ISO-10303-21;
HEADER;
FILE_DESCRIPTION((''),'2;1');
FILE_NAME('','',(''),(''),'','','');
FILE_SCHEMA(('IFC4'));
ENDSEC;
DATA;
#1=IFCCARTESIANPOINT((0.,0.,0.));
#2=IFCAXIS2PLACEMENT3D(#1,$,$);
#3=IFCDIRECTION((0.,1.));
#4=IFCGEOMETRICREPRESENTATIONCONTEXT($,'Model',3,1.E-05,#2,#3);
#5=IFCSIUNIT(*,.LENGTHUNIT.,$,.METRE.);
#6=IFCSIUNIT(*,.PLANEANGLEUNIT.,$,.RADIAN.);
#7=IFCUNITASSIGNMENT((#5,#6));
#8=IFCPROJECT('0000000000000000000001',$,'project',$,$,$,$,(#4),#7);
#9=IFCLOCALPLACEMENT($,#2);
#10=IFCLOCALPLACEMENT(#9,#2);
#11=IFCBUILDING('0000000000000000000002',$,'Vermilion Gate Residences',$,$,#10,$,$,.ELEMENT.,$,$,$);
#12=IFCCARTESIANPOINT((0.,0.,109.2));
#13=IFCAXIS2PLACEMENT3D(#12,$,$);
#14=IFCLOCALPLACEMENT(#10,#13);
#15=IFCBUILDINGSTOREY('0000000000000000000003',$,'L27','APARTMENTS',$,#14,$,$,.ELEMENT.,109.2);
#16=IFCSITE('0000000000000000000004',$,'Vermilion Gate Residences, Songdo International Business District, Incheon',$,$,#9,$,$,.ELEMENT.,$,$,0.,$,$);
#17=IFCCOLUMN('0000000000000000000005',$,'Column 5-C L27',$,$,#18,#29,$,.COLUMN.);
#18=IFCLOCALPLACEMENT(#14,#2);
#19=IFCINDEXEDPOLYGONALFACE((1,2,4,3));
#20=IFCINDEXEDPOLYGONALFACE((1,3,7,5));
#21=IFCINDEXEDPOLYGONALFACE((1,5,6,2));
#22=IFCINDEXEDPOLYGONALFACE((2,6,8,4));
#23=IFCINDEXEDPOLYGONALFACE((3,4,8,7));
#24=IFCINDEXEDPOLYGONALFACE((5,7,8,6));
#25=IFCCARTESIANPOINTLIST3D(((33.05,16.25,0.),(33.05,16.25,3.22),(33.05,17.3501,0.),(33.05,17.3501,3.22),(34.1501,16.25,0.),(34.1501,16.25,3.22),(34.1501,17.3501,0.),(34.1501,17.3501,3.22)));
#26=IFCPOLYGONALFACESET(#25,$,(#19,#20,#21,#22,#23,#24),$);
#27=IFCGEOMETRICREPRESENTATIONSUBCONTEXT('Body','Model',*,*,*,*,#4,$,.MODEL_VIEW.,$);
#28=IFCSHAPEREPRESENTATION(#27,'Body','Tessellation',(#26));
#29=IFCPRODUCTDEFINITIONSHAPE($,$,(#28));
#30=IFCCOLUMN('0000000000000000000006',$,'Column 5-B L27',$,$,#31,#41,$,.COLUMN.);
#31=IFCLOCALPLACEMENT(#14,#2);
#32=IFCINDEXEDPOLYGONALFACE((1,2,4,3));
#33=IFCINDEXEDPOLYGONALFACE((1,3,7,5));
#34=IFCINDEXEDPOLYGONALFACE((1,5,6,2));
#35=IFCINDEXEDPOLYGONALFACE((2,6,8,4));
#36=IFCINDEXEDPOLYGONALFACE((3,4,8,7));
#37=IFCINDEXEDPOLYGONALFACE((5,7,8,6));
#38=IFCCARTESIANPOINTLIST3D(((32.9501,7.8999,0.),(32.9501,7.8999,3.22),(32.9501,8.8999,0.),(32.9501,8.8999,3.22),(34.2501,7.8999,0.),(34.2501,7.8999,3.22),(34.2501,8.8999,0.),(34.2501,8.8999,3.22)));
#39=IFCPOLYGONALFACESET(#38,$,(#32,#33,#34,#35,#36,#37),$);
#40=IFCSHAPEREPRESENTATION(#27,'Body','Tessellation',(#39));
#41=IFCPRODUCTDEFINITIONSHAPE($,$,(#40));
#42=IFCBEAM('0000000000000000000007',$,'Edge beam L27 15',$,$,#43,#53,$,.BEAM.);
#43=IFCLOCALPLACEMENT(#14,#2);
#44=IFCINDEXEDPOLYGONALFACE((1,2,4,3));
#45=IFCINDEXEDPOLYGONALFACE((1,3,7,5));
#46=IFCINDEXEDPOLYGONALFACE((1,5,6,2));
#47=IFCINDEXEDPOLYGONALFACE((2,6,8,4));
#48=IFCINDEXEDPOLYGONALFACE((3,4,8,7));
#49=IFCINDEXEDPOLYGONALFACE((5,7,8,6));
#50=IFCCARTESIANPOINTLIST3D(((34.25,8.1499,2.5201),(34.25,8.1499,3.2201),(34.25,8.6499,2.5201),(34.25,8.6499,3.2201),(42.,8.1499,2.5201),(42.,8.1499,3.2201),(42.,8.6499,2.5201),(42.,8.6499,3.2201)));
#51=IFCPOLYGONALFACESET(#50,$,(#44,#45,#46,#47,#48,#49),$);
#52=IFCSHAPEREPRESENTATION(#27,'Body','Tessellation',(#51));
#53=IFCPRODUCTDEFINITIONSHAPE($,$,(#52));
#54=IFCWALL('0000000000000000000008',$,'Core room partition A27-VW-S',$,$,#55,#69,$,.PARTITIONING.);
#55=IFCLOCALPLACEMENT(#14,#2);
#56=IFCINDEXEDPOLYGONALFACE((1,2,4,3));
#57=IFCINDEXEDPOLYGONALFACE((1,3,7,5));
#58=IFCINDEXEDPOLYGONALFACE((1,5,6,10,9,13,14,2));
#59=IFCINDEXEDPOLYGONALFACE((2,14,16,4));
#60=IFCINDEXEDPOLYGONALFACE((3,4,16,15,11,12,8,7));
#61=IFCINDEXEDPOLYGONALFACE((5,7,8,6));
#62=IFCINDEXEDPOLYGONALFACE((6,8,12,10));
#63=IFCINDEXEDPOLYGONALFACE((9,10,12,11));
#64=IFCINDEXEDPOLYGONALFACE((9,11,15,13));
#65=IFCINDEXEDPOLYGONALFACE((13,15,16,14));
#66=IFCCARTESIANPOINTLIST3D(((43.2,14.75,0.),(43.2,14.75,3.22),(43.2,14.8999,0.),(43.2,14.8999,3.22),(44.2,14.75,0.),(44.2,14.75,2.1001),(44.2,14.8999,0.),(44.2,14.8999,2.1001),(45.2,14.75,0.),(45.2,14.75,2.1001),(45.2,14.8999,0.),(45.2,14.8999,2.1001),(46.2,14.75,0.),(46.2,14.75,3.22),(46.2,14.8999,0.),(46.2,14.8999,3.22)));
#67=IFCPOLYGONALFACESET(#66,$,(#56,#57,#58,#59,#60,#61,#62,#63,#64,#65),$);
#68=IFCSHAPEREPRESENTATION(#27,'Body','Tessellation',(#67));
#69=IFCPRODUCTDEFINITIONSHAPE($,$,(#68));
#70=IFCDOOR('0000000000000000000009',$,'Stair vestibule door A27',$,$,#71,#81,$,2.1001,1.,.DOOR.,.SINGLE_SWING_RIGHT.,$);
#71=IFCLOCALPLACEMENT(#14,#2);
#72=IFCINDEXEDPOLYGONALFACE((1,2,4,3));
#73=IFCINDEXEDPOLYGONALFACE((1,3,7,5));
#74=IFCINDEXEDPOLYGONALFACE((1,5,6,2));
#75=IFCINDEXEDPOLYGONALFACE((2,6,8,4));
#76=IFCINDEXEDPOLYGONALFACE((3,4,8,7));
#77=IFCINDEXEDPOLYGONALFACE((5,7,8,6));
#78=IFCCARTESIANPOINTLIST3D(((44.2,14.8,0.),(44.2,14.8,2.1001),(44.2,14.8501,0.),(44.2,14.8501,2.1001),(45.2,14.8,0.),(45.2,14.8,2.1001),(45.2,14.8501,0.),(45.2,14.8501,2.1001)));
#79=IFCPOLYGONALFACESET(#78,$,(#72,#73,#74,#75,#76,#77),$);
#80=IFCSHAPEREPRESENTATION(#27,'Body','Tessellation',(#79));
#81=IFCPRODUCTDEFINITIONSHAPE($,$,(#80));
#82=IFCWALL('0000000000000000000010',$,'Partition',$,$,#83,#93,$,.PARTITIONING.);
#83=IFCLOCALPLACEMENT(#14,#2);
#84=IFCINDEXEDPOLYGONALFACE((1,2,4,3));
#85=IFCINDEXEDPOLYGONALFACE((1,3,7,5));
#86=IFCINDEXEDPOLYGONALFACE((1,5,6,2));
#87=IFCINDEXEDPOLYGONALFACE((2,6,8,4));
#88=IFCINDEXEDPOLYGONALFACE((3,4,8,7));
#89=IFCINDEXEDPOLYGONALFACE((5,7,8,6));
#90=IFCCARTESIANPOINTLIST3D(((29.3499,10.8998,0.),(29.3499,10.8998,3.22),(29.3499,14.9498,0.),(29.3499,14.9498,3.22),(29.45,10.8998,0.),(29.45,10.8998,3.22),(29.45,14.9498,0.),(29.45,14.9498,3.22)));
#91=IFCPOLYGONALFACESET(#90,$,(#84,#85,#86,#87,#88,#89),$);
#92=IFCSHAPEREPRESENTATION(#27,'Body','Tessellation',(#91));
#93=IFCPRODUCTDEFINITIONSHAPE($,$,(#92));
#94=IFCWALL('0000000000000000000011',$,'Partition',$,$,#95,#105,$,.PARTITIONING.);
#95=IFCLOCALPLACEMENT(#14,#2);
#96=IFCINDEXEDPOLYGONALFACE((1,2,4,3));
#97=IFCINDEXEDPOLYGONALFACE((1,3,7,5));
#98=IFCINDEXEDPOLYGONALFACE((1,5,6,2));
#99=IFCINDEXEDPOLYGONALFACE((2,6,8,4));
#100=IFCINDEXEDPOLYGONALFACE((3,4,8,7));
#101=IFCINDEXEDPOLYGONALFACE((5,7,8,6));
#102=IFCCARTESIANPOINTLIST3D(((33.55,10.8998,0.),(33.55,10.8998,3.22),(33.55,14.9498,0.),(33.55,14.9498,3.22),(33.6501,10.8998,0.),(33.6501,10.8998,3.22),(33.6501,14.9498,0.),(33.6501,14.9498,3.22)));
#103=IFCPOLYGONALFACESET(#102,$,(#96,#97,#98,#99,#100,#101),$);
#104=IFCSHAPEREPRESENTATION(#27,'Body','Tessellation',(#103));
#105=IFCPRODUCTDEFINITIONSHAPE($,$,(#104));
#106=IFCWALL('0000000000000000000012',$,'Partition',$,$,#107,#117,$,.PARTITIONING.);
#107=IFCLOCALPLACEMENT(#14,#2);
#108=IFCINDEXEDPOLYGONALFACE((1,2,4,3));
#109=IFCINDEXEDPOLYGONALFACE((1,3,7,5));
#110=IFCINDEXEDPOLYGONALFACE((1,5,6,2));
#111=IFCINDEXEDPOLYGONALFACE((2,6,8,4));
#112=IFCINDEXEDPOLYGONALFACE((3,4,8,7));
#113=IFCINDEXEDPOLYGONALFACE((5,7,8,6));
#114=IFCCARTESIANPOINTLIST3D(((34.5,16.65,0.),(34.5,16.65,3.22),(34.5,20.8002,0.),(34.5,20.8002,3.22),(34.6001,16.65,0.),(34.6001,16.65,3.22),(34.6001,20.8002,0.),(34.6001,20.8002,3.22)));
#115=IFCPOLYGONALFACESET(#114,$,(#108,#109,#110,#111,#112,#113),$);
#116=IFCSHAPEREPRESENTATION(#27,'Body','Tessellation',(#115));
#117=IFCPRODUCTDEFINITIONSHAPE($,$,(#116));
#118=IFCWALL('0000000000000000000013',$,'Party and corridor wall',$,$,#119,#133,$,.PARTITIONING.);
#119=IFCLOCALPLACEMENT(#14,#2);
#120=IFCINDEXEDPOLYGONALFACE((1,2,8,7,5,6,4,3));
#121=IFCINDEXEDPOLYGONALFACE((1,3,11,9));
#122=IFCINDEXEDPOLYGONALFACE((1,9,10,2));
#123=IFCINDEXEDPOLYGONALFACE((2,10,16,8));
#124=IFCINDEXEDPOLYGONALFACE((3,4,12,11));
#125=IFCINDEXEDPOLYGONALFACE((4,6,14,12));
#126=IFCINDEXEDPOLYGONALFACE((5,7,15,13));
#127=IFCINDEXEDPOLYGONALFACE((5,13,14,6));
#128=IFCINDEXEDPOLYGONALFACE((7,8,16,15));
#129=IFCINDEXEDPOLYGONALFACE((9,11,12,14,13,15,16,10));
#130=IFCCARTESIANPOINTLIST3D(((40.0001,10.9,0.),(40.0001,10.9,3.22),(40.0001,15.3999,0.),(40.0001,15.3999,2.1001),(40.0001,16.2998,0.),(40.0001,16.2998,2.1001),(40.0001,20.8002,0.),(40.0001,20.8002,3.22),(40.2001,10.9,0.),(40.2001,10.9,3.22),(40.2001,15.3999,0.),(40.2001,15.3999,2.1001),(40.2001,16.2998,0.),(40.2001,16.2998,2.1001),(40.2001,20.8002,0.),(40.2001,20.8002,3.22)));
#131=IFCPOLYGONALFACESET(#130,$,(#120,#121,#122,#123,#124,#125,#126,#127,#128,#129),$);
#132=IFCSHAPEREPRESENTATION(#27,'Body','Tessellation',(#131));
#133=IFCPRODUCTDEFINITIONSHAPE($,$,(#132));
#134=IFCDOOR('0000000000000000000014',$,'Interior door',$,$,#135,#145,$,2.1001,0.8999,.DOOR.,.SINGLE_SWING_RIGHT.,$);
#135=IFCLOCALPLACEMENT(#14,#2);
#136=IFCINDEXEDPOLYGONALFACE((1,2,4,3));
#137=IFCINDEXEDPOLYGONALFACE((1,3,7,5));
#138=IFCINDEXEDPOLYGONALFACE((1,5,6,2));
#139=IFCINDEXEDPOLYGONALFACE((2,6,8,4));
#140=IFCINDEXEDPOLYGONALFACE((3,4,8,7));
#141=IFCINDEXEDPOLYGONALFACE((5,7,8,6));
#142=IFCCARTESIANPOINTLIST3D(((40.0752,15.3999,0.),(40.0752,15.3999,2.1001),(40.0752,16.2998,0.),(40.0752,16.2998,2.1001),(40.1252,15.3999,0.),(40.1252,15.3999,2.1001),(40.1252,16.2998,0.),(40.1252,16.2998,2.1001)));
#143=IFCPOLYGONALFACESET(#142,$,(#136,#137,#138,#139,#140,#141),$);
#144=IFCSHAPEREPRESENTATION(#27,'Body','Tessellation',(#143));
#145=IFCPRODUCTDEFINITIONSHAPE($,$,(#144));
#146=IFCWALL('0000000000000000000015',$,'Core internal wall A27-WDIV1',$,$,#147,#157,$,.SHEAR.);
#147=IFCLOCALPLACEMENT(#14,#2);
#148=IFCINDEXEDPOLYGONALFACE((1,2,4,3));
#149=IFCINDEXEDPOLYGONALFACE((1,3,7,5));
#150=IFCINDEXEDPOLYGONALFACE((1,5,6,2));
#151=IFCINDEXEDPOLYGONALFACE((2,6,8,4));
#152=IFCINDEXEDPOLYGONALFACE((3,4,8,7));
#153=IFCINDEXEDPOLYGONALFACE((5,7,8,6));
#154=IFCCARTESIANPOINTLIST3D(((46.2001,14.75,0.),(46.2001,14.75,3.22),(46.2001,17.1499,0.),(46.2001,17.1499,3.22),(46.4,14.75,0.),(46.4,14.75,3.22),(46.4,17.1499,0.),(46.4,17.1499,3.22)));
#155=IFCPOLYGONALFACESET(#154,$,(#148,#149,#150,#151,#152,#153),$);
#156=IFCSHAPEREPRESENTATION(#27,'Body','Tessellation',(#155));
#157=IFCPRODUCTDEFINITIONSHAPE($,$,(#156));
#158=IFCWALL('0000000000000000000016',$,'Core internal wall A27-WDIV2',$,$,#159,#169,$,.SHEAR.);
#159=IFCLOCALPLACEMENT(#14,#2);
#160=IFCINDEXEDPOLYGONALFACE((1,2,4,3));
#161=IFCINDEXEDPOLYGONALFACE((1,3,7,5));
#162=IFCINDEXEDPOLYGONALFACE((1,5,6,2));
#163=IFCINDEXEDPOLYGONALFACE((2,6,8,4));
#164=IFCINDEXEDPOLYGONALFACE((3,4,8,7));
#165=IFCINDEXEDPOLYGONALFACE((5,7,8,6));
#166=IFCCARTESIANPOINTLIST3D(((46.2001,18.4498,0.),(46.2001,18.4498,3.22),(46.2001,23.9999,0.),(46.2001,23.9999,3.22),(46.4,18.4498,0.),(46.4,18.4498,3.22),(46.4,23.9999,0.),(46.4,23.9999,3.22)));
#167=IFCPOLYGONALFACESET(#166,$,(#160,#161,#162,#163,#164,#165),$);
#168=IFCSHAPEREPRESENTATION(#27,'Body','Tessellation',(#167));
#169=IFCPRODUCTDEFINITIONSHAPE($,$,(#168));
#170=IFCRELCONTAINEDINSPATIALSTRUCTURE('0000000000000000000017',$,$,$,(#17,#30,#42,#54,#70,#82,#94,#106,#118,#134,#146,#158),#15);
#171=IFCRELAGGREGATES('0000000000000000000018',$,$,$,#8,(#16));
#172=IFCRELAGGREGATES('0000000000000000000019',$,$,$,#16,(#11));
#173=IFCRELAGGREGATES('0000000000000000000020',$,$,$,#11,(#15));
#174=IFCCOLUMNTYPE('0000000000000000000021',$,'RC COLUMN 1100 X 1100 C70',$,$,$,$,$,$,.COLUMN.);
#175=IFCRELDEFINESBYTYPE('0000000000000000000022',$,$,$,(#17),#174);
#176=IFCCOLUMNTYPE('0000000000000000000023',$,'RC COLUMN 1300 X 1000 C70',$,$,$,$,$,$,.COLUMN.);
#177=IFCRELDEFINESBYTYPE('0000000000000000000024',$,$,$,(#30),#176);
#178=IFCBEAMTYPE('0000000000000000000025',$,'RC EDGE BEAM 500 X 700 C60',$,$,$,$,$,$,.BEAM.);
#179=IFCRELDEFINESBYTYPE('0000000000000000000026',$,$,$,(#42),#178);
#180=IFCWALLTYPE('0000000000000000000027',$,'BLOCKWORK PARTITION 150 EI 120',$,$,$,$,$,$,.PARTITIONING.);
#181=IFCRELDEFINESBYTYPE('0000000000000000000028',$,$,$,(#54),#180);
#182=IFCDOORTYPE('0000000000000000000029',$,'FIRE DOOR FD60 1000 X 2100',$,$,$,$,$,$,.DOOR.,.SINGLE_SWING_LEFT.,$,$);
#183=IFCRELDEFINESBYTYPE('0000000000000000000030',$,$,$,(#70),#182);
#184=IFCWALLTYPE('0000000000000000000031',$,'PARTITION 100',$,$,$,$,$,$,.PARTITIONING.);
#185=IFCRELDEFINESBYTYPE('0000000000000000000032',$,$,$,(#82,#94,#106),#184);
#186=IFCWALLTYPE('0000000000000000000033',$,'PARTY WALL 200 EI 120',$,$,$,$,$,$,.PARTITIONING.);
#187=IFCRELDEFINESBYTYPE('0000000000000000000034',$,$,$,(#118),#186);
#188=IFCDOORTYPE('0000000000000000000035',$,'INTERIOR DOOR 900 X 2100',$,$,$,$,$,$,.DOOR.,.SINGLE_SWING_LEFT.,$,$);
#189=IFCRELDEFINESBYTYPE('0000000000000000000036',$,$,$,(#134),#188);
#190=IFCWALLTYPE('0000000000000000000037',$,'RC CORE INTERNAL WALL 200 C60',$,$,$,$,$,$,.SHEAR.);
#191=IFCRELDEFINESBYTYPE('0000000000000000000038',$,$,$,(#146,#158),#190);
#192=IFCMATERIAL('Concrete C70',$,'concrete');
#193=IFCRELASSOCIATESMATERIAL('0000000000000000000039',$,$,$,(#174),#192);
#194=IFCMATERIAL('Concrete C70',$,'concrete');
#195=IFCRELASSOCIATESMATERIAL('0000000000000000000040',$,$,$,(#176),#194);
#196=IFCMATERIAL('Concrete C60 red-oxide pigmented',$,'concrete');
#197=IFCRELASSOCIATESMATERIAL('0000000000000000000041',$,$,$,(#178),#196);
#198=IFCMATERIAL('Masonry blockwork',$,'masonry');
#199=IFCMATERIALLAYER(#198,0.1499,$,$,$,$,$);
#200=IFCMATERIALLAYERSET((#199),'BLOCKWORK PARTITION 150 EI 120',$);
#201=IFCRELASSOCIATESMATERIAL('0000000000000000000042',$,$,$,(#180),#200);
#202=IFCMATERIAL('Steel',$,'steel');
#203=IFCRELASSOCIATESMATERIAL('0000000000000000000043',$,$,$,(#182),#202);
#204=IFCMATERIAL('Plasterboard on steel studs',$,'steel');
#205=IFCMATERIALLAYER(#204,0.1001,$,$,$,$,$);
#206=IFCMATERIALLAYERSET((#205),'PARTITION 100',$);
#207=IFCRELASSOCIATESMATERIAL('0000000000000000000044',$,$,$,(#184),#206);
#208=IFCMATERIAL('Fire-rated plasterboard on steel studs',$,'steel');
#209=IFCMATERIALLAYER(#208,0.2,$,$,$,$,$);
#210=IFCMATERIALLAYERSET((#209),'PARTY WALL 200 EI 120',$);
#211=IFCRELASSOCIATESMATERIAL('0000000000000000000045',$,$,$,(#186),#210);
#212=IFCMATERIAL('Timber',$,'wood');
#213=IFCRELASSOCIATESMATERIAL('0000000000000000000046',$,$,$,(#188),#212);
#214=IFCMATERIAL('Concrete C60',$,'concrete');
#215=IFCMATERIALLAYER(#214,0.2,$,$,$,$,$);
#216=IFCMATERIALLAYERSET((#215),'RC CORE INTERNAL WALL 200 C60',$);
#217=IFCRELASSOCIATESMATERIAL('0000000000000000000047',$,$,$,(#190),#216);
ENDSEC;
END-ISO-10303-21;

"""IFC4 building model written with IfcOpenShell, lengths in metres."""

from ifc_helpers import new_model, si_unit, direction, frame, frame_2d, origin, origin_2d, place, context, subcontext, project, spatial, rectangle, extrude, material, layer, layer_set, material_profile, profile_set, type_object, element, fill, save


model = new_model("IFC4")

# Units and contexts
model_context = context("Model", 3, precision=1e-05, world=origin(), true_north=direction((0.0, 1.0)))
body_context = subcontext(model_context, "Body", "Model", "MODEL_VIEW")
ifc_project = project(units=[si_unit("LENGTHUNIT", "METRE"), si_unit("PLANEANGLEUNIT", "RADIAN")], contexts=[model_context])

# Site, building, storey
site_placement = place(None, origin())
site = spatial("IfcSite", under=ifc_project, at=site_placement, Name="Vermilion Gate Residences, Songdo International Business District, Incheon", CompositionType="ELEMENT", RefElevation=0.0)
building_placement = place(site_placement, origin())
building = spatial("IfcBuilding", under=site, at=building_placement, Name="Vermilion Gate Residences", CompositionType="ELEMENT")
storey_placement = place(building_placement, frame((0.0, 0.0, 109.2)))
storey = spatial("IfcBuildingStorey", under=building, at=storey_placement, Name="L27", Description="APARTMENTS", CompositionType="ELEMENT", Elevation=109.2)

# Columns
ifc_material_1 = material(Name="Concrete C70", Category="concrete")
ifc_material_profile_1 = material_profile(ifc_material_1, rectangle(XDim=1.1001, YDim=1.1001, at=origin_2d()), Name="RC-1100x1100")
ifc_profile_set_1 = profile_set([ifc_material_profile_1], Name="Concrete C70")
column_type_1 = type_object("IfcColumnType", Name="RC COLUMN 1100 X 1100 C70", PredefinedType="COLUMN", material=ifc_profile_set_1)
column_1_placement = place(storey_placement, frame((33.6001, 16.8, 0.0), z_axis=(0.0, 0.0, 1.0), x_axis=(1.0, 0.0, 0.0)))
element("IfcColumn", 1, at=column_1_placement, inside=storey, type_object=column_type_1, Name="Column 5-C L27", PredefinedType="COLUMN", context=body_context, shape_type="SweptSolid", body=[
    extrude(rectangle(XDim=1.1001, YDim=1.1001, at=origin_2d()), origin(), (0.0, 0.0, 1.0), 3.22),
])
ifc_material_2 = material(Name="Concrete C70", Category="concrete")
ifc_material_profile_2 = material_profile(ifc_material_2, rectangle(XDim=1.3, YDim=1.0, at=origin_2d()), Name="RC-1300x1000")
ifc_profile_set_2 = profile_set([ifc_material_profile_2], Name="Concrete C70")
column_type_2 = type_object("IfcColumnType", Name="RC COLUMN 1300 X 1000 C70", PredefinedType="COLUMN", material=ifc_profile_set_2)
column_2_placement = place(storey_placement, frame((33.6001, 8.3999, 0.0), z_axis=(0.0, 0.0, 1.0), x_axis=(1.0, 0.0, 0.0)))
element("IfcColumn", 2, at=column_2_placement, inside=storey, type_object=column_type_2, Name="Column 5-B L27", PredefinedType="COLUMN", context=body_context, shape_type="SweptSolid", body=[
    extrude(rectangle(XDim=1.3, YDim=1.0, at=origin_2d()), origin(), (0.0, 0.0, 1.0), 3.22),
])

# Beam
ifc_material_3 = material(Name="Concrete C60 red-oxide pigmented", Category="concrete")
ifc_material_profile_3 = material_profile(ifc_material_3, rectangle(XDim=0.5, YDim=0.7, at=origin_2d()), Name="RC-500x700")
ifc_profile_set_3 = profile_set([ifc_material_profile_3], Name="Concrete C60 red-oxide pigmented")
beam_type = type_object("IfcBeamType", Name="RC EDGE BEAM 500 X 700 C60", PredefinedType="BEAM", material=ifc_profile_set_3)
beam_placement = place(storey_placement, frame((34.25, 8.3999, 2.8701), z_axis=(1.0, 0.0, 0.0), x_axis=(0.0, 1.0, 0.0)))
element("IfcBeam", 3, at=beam_placement, inside=storey, type_object=beam_type, Name="Edge beam L27 15", PredefinedType="BEAM", context=body_context, shape_type="SweptSolid", body=[
    extrude(rectangle(XDim=0.5, YDim=0.7, at=origin_2d()), origin(), (0.0, 0.0, 1.0), 7.75),
])

# Wall, opening, door
ifc_material_4 = material(Name="Masonry blockwork", Category="masonry")
ifc_layer_1 = layer(ifc_material_4, 0.1499)
ifc_layer_set_1 = layer_set([ifc_layer_1], Name="BLOCKWORK PARTITION 150 EI 120")
wall_type_1 = type_object("IfcWallType", Name="BLOCKWORK PARTITION 150 EI 120", PredefinedType="PARTITIONING", material=ifc_layer_set_1)
wall_1_placement = place(storey_placement, frame((43.2, 14.825, 0.0), z_axis=(0.0, 0.0, 1.0), x_axis=(1.0, 0.0, 0.0)))
wall_1 = element("IfcWall", 4, at=wall_1_placement, inside=storey, type_object=wall_type_1, Name="Core room partition A27-VW-S", PredefinedType="PARTITIONING", context=body_context, shape_type="SweptSolid", body=[
    extrude(rectangle(XDim=3.0, YDim=0.1499, at=frame_2d((1.5, 0.0))), origin(), (0.0, 0.0, 1.0), 3.22),
])
opening_1_placement = place(wall_1_placement, frame((1.0, 0.0, 0.0)))
opening_1 = element("IfcOpeningElement", 5, at=opening_1_placement, cuts=wall_1, PredefinedType="OPENING", context=body_context, shape_type="SweptSolid", body=[
    extrude(rectangle(XDim=1.0, YDim=2.1001, at=frame_2d((0.5, 1.05))), frame((0.0, 0.085, 0.0), z_axis=(0.0, -1.0, 0.0), x_axis=(1.0, 0.0, 0.0)), (0.0, 0.0, 1.0), 0.1699),
])
ifc_material_5 = material(Name="Steel", Category="steel")
door_type_1 = type_object("IfcDoorType", Name="FIRE DOOR FD60 1000 X 2100", OperationType="SINGLE_SWING_LEFT", PredefinedType="DOOR", material=ifc_material_5)
door_1_placement = place(opening_1_placement, frame((1.0, 0.0, 0.0), z_axis=(0.0, 0.0, 1.0), x_axis=(-1.0, 0.0, 0.0)))
door_1 = element("IfcDoor", 6, at=door_1_placement, inside=storey, type_object=door_type_1, Name="Stair vestibule door A27", OperationType="SINGLE_SWING_RIGHT", OverallHeight=2.1001, OverallWidth=1.0, PredefinedType="DOOR", context=body_context, shape_type="SweptSolid", body=[
    extrude(rectangle(XDim=1.0, YDim=2.1001, at=frame_2d((0.5, 1.05))), frame((0.0, 0.0249, 0.0), z_axis=(0.0, -1.0, 0.0), x_axis=(1.0, 0.0, 0.0)), (0.0, 0.0, 1.0), 0.05),
])
fill(opening_1, door_1)

# Walls
ifc_material_6 = material(Name="Plasterboard on steel studs", Category="steel")
ifc_layer_2 = layer(ifc_material_6, 0.1001)
ifc_layer_set_2 = layer_set([ifc_layer_2], Name="PARTITION 100")
wall_type_2 = type_object("IfcWallType", Name="PARTITION 100", PredefinedType="PARTITIONING", material=ifc_layer_set_2)
for number, where, z_axis, x_axis, name in (
    (7, (29.3999, 10.8999, 0.0), (0.0, 0.0, 1.0), (0.0, 1.0, 0.0), "Partition"),
    (8, (33.6001, 10.8999, 0.0), (0.0, 0.0, 1.0), (0.0, 1.0, 0.0), "Partition"),
):
    element("IfcWall", number, at=place(storey_placement, frame(where, z_axis=z_axis, x_axis=x_axis)), inside=storey, type_object=wall_type_2, Name=name, PredefinedType="PARTITIONING", context=body_context, shape_type="SweptSolid", body=[
        extrude(rectangle(XDim=4.05, YDim=0.1001, at=frame_2d((2.0249, 0.0))), origin(), (0.0, 0.0, 1.0), 3.22),
    ])
wall_2_placement = place(storey_placement, frame((34.55, 16.6499, 0.0), z_axis=(0.0, 0.0, 1.0), x_axis=(0.0, 1.0, 0.0)))
element("IfcWall", 9, at=wall_2_placement, inside=storey, type_object=wall_type_2, Name="Partition", PredefinedType="PARTITIONING", context=body_context, shape_type="SweptSolid", body=[
    extrude(rectangle(XDim=4.1501, YDim=0.1001, at=frame_2d((2.0752, 0.0))), origin(), (0.0, 0.0, 1.0), 3.22),
])

# Wall, opening, door
ifc_material_7 = material(Name="Fire-rated plasterboard on steel studs", Category="steel")
ifc_layer_3 = layer(ifc_material_7, 0.2)
ifc_layer_set_3 = layer_set([ifc_layer_3], Name="PARTY WALL 200 EI 120")
wall_type_3 = type_object("IfcWallType", Name="PARTY WALL 200 EI 120", PredefinedType="PARTITIONING", material=ifc_layer_set_3)
wall_3_placement = place(storey_placement, frame((40.1001, 10.8999, 0.0), z_axis=(0.0, 0.0, 1.0), x_axis=(0.0, 1.0, 0.0)))
wall_3 = element("IfcWall", 10, at=wall_3_placement, inside=storey, type_object=wall_type_3, Name="Party and corridor wall", PredefinedType="PARTITIONING", context=body_context, shape_type="SweptSolid", body=[
    extrude(rectangle(XDim=9.9001, YDim=0.2, at=frame_2d((4.9502, 0.0))), origin(), (0.0, 0.0, 1.0), 3.22),
])
opening_2_placement = place(wall_3_placement, frame((4.5, 0.0, 0.0)))
opening_2 = element("IfcOpeningElement", 11, at=opening_2_placement, cuts=wall_3, PredefinedType="OPENING", context=body_context, shape_type="SweptSolid", body=[
    extrude(rectangle(XDim=0.8999, YDim=2.1001, at=frame_2d((0.45, 1.05))), frame((0.0, 0.1099, 0.0), z_axis=(0.0, -1.0, 0.0), x_axis=(1.0, 0.0, 0.0)), (0.0, 0.0, 1.0), 0.22),
])
ifc_material_8 = material(Name="Timber", Category="wood")
door_type_2 = type_object("IfcDoorType", Name="INTERIOR DOOR 900 X 2100", OperationType="SINGLE_SWING_LEFT", PredefinedType="DOOR", material=ifc_material_8)
door_2_placement = place(opening_2_placement, origin())
door_2 = element("IfcDoor", 12, at=door_2_placement, inside=storey, type_object=door_type_2, Name="Interior door", OperationType="SINGLE_SWING_RIGHT", OverallHeight=2.1001, OverallWidth=0.8999, PredefinedType="DOOR", context=body_context, shape_type="SweptSolid", body=[
    extrude(rectangle(XDim=0.8999, YDim=2.1001, at=frame_2d((0.45, 1.05))), frame((0.0, 0.0249, 0.0), z_axis=(0.0, -1.0, 0.0), x_axis=(1.0, 0.0, 0.0)), (0.0, 0.0, 1.0), 0.05),
])
fill(opening_2, door_2)

# Walls
ifc_material_9 = material(Name="Concrete C60", Category="concrete")
ifc_layer_4 = layer(ifc_material_9, 0.2)
ifc_layer_set_4 = layer_set([ifc_layer_4], Name="RC CORE INTERNAL WALL 200 C60")
wall_type_4 = type_object("IfcWallType", Name="RC CORE INTERNAL WALL 200 C60", PredefinedType="SHEAR", material=ifc_layer_set_4)
wall_4_placement = place(storey_placement, frame((46.3, 14.75, 0.0), z_axis=(0.0, 0.0, 1.0), x_axis=(0.0, 1.0, 0.0)))
element("IfcWall", 13, at=wall_4_placement, inside=storey, type_object=wall_type_4, Name="Core internal wall A27-WDIV1", PredefinedType="SHEAR", context=body_context, shape_type="SweptSolid", body=[
    extrude(rectangle(XDim=2.3999, YDim=0.2, at=frame_2d((1.2, 0.0))), origin(), (0.0, 0.0, 1.0), 3.22),
])
wall_5_placement = place(storey_placement, frame((46.3, 18.45, 0.0), z_axis=(0.0, 0.0, 1.0), x_axis=(0.0, 1.0, 0.0)))
element("IfcWall", 14, at=wall_5_placement, inside=storey, type_object=wall_type_4, Name="Core internal wall A27-WDIV2", PredefinedType="SHEAR", context=body_context, shape_type="SweptSolid", body=[
    extrude(rectangle(XDim=5.55, YDim=0.2, at=frame_2d((2.7749, 0.0))), origin(), (0.0, 0.0, 1.0), 3.22),
])

save(model, "model.ifc")
